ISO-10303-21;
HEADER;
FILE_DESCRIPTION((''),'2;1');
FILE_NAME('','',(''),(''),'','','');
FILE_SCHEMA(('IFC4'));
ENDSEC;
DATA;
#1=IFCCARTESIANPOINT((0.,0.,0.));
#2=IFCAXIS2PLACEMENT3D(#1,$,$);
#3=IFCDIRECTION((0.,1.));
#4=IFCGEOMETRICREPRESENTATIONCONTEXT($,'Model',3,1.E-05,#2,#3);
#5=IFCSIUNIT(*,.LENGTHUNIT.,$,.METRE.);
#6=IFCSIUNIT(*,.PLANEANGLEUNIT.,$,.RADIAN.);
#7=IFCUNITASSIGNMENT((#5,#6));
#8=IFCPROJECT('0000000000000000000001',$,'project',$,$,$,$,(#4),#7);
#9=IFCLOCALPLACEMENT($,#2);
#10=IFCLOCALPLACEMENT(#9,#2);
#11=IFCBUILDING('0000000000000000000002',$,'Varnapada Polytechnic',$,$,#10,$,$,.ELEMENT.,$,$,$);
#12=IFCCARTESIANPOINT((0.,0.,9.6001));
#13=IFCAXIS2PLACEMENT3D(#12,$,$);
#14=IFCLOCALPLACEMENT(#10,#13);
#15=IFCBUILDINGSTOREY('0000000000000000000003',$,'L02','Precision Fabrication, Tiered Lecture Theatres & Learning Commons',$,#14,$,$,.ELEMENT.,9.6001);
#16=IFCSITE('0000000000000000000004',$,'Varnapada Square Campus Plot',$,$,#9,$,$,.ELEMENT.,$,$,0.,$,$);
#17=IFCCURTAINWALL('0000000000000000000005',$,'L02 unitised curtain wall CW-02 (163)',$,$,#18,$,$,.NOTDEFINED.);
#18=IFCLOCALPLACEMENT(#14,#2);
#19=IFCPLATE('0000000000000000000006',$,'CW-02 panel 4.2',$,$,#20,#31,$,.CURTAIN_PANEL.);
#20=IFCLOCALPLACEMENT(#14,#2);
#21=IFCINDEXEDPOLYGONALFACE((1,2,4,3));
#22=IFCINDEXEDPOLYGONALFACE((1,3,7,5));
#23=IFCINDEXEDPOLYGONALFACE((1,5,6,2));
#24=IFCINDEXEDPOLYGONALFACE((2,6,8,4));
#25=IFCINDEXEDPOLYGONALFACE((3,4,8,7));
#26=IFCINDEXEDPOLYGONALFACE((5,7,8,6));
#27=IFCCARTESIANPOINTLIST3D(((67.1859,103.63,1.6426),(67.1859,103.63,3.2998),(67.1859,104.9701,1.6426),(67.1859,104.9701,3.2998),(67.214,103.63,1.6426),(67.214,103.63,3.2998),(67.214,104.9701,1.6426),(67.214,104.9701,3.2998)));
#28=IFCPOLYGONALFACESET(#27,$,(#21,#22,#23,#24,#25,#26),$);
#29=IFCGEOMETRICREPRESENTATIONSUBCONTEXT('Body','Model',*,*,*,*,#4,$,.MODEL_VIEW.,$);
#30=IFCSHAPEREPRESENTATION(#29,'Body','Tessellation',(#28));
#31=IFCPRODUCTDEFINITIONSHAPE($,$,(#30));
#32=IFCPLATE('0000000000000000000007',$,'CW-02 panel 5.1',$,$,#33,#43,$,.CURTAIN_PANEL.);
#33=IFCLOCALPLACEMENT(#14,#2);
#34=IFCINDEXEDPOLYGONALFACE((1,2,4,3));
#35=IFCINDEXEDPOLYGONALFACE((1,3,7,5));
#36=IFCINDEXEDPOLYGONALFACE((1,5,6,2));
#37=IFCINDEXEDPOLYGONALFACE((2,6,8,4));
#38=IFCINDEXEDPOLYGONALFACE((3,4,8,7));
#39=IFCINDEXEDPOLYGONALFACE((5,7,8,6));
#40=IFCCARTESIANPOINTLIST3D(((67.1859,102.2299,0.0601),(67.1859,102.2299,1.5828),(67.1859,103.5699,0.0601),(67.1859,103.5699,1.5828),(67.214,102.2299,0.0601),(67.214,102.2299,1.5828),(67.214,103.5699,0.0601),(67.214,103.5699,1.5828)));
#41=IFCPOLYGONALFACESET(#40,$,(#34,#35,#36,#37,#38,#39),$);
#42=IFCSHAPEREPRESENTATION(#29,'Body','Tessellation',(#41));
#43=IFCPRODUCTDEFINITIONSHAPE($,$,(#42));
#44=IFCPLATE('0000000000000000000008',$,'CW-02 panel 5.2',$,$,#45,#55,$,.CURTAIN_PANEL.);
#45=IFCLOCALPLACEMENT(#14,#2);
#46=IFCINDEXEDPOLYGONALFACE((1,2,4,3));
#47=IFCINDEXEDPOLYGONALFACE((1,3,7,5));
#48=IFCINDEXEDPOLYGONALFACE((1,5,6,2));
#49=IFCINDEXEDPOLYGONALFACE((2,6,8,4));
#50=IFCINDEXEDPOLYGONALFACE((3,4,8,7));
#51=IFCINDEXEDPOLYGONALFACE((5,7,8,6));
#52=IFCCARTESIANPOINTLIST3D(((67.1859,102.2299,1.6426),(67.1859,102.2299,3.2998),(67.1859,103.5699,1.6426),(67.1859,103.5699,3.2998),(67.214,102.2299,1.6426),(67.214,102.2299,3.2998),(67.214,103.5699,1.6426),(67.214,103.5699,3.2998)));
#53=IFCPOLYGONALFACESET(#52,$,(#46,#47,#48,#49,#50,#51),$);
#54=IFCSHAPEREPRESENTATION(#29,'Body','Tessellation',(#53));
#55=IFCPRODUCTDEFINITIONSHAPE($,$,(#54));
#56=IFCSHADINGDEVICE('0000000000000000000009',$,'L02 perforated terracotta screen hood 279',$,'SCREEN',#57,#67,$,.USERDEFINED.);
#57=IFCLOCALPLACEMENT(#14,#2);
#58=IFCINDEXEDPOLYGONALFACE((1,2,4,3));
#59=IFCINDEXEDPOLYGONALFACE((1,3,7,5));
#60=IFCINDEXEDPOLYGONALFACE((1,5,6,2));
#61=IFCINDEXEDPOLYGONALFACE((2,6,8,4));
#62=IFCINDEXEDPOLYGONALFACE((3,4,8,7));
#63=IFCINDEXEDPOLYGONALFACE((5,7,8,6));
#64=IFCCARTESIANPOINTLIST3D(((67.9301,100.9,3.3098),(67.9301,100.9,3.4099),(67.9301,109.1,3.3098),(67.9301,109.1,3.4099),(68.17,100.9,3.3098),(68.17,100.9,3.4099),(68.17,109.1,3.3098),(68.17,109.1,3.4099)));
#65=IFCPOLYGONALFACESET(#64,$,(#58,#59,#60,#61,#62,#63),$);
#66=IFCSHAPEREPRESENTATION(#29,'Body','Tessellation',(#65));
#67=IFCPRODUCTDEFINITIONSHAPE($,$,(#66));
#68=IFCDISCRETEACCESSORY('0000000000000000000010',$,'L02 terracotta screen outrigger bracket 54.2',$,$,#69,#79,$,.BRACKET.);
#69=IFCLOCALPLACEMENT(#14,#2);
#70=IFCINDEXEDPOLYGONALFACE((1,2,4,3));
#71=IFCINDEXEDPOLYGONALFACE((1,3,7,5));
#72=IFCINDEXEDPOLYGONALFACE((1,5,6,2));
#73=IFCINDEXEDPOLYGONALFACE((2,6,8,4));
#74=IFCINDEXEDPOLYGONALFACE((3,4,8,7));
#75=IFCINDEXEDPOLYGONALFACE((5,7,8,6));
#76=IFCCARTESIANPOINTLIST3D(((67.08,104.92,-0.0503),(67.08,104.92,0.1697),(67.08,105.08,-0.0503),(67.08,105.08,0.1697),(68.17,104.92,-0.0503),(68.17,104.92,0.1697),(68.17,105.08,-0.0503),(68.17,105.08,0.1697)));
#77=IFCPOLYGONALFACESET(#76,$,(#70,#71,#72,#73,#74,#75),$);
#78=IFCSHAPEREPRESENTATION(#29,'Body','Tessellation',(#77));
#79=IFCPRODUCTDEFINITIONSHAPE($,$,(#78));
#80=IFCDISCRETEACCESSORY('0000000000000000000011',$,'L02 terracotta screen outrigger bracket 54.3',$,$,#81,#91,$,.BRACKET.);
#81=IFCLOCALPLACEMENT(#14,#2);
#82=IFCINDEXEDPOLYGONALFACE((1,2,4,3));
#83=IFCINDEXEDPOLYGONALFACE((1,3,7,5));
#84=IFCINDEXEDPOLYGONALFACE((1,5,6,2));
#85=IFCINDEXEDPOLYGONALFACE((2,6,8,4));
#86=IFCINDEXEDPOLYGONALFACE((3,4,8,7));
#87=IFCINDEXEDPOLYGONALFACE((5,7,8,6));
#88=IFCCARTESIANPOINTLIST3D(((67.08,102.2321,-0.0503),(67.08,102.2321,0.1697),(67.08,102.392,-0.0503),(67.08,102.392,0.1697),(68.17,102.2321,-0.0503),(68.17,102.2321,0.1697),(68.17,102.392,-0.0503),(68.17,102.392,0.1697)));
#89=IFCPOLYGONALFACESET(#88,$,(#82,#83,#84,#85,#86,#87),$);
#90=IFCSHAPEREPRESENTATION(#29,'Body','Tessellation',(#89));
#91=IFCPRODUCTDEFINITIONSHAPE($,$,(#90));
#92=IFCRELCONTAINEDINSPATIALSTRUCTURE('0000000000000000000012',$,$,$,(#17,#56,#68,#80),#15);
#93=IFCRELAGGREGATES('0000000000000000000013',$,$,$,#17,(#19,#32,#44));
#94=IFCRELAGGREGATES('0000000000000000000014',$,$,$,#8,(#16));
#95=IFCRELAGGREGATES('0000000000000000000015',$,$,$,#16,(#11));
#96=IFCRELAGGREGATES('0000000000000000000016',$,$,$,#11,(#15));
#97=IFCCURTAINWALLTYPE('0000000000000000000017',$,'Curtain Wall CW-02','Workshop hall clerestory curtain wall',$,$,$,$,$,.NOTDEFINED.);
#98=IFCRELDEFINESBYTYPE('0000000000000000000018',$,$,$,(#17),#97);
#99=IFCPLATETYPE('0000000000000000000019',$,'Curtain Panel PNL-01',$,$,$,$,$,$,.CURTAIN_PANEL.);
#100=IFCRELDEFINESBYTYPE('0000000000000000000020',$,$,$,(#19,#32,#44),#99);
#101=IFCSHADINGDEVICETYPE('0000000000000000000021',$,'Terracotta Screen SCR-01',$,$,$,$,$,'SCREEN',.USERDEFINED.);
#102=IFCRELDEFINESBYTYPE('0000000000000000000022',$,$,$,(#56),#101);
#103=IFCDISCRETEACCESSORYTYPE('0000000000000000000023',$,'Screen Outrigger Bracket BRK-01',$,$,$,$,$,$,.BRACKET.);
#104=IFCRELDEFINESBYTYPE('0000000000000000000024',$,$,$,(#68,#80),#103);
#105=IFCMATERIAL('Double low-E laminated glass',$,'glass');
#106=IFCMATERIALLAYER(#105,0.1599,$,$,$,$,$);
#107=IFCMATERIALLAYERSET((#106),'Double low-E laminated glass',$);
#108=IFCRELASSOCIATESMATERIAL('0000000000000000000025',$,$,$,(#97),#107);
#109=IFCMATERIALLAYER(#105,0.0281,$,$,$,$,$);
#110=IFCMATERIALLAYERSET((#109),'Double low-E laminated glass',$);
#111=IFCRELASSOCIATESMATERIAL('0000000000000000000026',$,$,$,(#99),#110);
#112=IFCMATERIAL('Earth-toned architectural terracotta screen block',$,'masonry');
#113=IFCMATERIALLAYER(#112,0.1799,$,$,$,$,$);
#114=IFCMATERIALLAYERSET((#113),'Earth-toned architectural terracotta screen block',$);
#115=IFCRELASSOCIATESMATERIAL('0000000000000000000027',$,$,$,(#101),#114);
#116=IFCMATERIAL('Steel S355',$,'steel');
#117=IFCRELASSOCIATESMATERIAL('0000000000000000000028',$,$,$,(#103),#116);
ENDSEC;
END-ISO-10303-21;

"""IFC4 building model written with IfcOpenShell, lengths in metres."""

from ifc_helpers import new_model, si_unit, direction, frame, origin, origin_2d, place, context, subcontext, project, spatial, rectangle, extrude, material, layer, layer_set, type_object, element, aggregate, save


model = new_model("IFC4")

# Units and contexts
model_context = context("Model", 3, precision=1e-05, world=origin(), true_north=direction((0.0, 1.0)))
body_context = subcontext(model_context, "Body", "Model", "MODEL_VIEW")
ifc_project = project(units=[si_unit("LENGTHUNIT", "METRE"), si_unit("PLANEANGLEUNIT", "RADIAN")], contexts=[model_context])

# Site, building, storey
site_placement = place(None, origin())
site = spatial("IfcSite", under=ifc_project, at=site_placement, Name="Varnapada Square Campus Plot", CompositionType="ELEMENT", RefElevation=0.0)
building_placement = place(site_placement, origin())
building = spatial("IfcBuilding", under=site, at=building_placement, Name="Varnapada Polytechnic", CompositionType="ELEMENT")
storey_placement = place(building_placement, frame((0.0, 0.0, 9.6001)))
storey = spatial("IfcBuildingStorey", under=building, at=storey_placement, Name="L02", Description="Precision Fabrication, Tiered Lecture Theatres & Learning Commons", CompositionType="ELEMENT", Elevation=9.6001)

# Curtain wall, plates
ifc_material_1 = material(Name="Double low-E laminated glass", Category="glass")
ifc_layer_1 = layer(ifc_material_1, 0.1599)
ifc_layer_set_1 = layer_set([ifc_layer_1], Name="Double low-E laminated glass")
curtain_wall_type = type_object("IfcCurtainWallType", Name="Curtain Wall CW-02", Description="Workshop hall clerestory curtain wall", PredefinedType="NOTDEFINED", material=ifc_layer_set_1)
curtain_wall_placement = place(storey_placement, origin())
curtain_wall = element("IfcCurtainWall", 1, at=curtain_wall_placement, inside=storey, type_object=curtain_wall_type, Name="L02 unitised curtain wall CW-02 (163)", PredefinedType="NOTDEFINED")
ifc_layer_2 = layer(ifc_material_1, 0.0281)
ifc_layer_set_2 = layer_set([ifc_layer_2], Name="Double low-E laminated glass")
plate_type = type_object("IfcPlateType", Name="Curtain Panel PNL-01", PredefinedType="CURTAIN_PANEL", material=ifc_layer_set_2)
plate_1_placement = place(storey_placement, frame((67.2, 104.3, 1.6426), z_axis=(0.0, 0.0, 1.0), x_axis=(0.0, -1.0, 0.0)))
plate_1 = element("IfcPlate", 2, at=plate_1_placement, type_object=plate_type, Name="CW-02 panel 4.2", PredefinedType="CURTAIN_PANEL", context=body_context, shape_type="SweptSolid", body=[
    extrude(rectangle(XDim=1.3401, YDim=0.0281, at=origin_2d()), origin(), (0.0, 0.0, 1.0), 1.6572),
])
plate_2_placement = place(storey_placement, frame((67.2, 102.8999, 0.0601), z_axis=(0.0, 0.0, 1.0), x_axis=(0.0, -1.0, 0.0)))
plate_2 = element("IfcPlate", 3, at=plate_2_placement, type_object=plate_type, Name="CW-02 panel 5.1", PredefinedType="CURTAIN_PANEL", context=body_context, shape_type="SweptSolid", body=[
    extrude(rectangle(XDim=1.3401, YDim=0.0281, at=origin_2d()), origin(), (0.0, 0.0, 1.0), 1.5227),
])
plate_3_placement = place(storey_placement, frame((67.2, 102.8999, 1.6426), z_axis=(0.0, 0.0, 1.0), x_axis=(0.0, -1.0, 0.0)))
plate_3 = element("IfcPlate", 4, at=plate_3_placement, type_object=plate_type, Name="CW-02 panel 5.2", PredefinedType="CURTAIN_PANEL", context=body_context, shape_type="SweptSolid", body=[
    extrude(rectangle(XDim=1.3401, YDim=0.0281, at=origin_2d()), origin(), (0.0, 0.0, 1.0), 1.6572),
])
aggregate(curtain_wall, [plate_1, plate_2, plate_3])

# Shading device
ifc_material_2 = material(Name="Earth-toned architectural terracotta screen block", Category="masonry")
ifc_layer_3 = layer(ifc_material_2, 0.1799)
ifc_layer_set_3 = layer_set([ifc_layer_3], Name="Earth-toned architectural terracotta screen block")
shading_device_type = type_object("IfcShadingDeviceType", Name="Terracotta Screen SCR-01", ElementType="SCREEN", PredefinedType="USERDEFINED", material=ifc_layer_set_3)
shading_device_placement = place(storey_placement, frame((68.05, 105.0, 3.3098), z_axis=(0.0, 0.0, 1.0), x_axis=(0.0, -1.0, 0.0)))
element("IfcShadingDevice", 5, at=shading_device_placement, inside=storey, type_object=shading_device_type, Name="L02 perforated terracotta screen hood 279", ObjectType="SCREEN", PredefinedType="USERDEFINED", context=body_context, shape_type="SweptSolid", body=[
    extrude(rectangle(XDim=8.2, YDim=0.24, at=origin_2d()), origin(), (0.0, 0.0, 1.0), 0.1001),
])

# Discrete accessories
ifc_material_3 = material(Name="Steel S355", Category="steel")
discrete_accessory_type = type_object("IfcDiscreteAccessoryType", Name="Screen Outrigger Bracket BRK-01", PredefinedType="BRACKET", material=ifc_material_3)
for number, where, z_axis, x_axis, name in (
    (6, (67.625, 105.0, -0.0503), (0.0, 0.0, 1.0), (0.0, -1.0, 0.0), "L02 terracotta screen outrigger bracket 54.2"),
    (7, (67.625, 102.312, -0.0503), (0.0, 0.0, 1.0), (0.0, -1.0, 0.0), "L02 terracotta screen outrigger bracket 54.3"),
):
    element("IfcDiscreteAccessory", number, at=place(storey_placement, frame(where, z_axis=z_axis, x_axis=x_axis)), inside=storey, type_object=discrete_accessory_type, Name=name, PredefinedType="BRACKET", context=body_context, shape_type="SweptSolid", body=[
        extrude(rectangle(XDim=0.1599, YDim=1.0901, at=origin_2d()), origin(), (0.0, 0.0, 1.0), 0.22),
    ])

save(model, "model.ifc")
